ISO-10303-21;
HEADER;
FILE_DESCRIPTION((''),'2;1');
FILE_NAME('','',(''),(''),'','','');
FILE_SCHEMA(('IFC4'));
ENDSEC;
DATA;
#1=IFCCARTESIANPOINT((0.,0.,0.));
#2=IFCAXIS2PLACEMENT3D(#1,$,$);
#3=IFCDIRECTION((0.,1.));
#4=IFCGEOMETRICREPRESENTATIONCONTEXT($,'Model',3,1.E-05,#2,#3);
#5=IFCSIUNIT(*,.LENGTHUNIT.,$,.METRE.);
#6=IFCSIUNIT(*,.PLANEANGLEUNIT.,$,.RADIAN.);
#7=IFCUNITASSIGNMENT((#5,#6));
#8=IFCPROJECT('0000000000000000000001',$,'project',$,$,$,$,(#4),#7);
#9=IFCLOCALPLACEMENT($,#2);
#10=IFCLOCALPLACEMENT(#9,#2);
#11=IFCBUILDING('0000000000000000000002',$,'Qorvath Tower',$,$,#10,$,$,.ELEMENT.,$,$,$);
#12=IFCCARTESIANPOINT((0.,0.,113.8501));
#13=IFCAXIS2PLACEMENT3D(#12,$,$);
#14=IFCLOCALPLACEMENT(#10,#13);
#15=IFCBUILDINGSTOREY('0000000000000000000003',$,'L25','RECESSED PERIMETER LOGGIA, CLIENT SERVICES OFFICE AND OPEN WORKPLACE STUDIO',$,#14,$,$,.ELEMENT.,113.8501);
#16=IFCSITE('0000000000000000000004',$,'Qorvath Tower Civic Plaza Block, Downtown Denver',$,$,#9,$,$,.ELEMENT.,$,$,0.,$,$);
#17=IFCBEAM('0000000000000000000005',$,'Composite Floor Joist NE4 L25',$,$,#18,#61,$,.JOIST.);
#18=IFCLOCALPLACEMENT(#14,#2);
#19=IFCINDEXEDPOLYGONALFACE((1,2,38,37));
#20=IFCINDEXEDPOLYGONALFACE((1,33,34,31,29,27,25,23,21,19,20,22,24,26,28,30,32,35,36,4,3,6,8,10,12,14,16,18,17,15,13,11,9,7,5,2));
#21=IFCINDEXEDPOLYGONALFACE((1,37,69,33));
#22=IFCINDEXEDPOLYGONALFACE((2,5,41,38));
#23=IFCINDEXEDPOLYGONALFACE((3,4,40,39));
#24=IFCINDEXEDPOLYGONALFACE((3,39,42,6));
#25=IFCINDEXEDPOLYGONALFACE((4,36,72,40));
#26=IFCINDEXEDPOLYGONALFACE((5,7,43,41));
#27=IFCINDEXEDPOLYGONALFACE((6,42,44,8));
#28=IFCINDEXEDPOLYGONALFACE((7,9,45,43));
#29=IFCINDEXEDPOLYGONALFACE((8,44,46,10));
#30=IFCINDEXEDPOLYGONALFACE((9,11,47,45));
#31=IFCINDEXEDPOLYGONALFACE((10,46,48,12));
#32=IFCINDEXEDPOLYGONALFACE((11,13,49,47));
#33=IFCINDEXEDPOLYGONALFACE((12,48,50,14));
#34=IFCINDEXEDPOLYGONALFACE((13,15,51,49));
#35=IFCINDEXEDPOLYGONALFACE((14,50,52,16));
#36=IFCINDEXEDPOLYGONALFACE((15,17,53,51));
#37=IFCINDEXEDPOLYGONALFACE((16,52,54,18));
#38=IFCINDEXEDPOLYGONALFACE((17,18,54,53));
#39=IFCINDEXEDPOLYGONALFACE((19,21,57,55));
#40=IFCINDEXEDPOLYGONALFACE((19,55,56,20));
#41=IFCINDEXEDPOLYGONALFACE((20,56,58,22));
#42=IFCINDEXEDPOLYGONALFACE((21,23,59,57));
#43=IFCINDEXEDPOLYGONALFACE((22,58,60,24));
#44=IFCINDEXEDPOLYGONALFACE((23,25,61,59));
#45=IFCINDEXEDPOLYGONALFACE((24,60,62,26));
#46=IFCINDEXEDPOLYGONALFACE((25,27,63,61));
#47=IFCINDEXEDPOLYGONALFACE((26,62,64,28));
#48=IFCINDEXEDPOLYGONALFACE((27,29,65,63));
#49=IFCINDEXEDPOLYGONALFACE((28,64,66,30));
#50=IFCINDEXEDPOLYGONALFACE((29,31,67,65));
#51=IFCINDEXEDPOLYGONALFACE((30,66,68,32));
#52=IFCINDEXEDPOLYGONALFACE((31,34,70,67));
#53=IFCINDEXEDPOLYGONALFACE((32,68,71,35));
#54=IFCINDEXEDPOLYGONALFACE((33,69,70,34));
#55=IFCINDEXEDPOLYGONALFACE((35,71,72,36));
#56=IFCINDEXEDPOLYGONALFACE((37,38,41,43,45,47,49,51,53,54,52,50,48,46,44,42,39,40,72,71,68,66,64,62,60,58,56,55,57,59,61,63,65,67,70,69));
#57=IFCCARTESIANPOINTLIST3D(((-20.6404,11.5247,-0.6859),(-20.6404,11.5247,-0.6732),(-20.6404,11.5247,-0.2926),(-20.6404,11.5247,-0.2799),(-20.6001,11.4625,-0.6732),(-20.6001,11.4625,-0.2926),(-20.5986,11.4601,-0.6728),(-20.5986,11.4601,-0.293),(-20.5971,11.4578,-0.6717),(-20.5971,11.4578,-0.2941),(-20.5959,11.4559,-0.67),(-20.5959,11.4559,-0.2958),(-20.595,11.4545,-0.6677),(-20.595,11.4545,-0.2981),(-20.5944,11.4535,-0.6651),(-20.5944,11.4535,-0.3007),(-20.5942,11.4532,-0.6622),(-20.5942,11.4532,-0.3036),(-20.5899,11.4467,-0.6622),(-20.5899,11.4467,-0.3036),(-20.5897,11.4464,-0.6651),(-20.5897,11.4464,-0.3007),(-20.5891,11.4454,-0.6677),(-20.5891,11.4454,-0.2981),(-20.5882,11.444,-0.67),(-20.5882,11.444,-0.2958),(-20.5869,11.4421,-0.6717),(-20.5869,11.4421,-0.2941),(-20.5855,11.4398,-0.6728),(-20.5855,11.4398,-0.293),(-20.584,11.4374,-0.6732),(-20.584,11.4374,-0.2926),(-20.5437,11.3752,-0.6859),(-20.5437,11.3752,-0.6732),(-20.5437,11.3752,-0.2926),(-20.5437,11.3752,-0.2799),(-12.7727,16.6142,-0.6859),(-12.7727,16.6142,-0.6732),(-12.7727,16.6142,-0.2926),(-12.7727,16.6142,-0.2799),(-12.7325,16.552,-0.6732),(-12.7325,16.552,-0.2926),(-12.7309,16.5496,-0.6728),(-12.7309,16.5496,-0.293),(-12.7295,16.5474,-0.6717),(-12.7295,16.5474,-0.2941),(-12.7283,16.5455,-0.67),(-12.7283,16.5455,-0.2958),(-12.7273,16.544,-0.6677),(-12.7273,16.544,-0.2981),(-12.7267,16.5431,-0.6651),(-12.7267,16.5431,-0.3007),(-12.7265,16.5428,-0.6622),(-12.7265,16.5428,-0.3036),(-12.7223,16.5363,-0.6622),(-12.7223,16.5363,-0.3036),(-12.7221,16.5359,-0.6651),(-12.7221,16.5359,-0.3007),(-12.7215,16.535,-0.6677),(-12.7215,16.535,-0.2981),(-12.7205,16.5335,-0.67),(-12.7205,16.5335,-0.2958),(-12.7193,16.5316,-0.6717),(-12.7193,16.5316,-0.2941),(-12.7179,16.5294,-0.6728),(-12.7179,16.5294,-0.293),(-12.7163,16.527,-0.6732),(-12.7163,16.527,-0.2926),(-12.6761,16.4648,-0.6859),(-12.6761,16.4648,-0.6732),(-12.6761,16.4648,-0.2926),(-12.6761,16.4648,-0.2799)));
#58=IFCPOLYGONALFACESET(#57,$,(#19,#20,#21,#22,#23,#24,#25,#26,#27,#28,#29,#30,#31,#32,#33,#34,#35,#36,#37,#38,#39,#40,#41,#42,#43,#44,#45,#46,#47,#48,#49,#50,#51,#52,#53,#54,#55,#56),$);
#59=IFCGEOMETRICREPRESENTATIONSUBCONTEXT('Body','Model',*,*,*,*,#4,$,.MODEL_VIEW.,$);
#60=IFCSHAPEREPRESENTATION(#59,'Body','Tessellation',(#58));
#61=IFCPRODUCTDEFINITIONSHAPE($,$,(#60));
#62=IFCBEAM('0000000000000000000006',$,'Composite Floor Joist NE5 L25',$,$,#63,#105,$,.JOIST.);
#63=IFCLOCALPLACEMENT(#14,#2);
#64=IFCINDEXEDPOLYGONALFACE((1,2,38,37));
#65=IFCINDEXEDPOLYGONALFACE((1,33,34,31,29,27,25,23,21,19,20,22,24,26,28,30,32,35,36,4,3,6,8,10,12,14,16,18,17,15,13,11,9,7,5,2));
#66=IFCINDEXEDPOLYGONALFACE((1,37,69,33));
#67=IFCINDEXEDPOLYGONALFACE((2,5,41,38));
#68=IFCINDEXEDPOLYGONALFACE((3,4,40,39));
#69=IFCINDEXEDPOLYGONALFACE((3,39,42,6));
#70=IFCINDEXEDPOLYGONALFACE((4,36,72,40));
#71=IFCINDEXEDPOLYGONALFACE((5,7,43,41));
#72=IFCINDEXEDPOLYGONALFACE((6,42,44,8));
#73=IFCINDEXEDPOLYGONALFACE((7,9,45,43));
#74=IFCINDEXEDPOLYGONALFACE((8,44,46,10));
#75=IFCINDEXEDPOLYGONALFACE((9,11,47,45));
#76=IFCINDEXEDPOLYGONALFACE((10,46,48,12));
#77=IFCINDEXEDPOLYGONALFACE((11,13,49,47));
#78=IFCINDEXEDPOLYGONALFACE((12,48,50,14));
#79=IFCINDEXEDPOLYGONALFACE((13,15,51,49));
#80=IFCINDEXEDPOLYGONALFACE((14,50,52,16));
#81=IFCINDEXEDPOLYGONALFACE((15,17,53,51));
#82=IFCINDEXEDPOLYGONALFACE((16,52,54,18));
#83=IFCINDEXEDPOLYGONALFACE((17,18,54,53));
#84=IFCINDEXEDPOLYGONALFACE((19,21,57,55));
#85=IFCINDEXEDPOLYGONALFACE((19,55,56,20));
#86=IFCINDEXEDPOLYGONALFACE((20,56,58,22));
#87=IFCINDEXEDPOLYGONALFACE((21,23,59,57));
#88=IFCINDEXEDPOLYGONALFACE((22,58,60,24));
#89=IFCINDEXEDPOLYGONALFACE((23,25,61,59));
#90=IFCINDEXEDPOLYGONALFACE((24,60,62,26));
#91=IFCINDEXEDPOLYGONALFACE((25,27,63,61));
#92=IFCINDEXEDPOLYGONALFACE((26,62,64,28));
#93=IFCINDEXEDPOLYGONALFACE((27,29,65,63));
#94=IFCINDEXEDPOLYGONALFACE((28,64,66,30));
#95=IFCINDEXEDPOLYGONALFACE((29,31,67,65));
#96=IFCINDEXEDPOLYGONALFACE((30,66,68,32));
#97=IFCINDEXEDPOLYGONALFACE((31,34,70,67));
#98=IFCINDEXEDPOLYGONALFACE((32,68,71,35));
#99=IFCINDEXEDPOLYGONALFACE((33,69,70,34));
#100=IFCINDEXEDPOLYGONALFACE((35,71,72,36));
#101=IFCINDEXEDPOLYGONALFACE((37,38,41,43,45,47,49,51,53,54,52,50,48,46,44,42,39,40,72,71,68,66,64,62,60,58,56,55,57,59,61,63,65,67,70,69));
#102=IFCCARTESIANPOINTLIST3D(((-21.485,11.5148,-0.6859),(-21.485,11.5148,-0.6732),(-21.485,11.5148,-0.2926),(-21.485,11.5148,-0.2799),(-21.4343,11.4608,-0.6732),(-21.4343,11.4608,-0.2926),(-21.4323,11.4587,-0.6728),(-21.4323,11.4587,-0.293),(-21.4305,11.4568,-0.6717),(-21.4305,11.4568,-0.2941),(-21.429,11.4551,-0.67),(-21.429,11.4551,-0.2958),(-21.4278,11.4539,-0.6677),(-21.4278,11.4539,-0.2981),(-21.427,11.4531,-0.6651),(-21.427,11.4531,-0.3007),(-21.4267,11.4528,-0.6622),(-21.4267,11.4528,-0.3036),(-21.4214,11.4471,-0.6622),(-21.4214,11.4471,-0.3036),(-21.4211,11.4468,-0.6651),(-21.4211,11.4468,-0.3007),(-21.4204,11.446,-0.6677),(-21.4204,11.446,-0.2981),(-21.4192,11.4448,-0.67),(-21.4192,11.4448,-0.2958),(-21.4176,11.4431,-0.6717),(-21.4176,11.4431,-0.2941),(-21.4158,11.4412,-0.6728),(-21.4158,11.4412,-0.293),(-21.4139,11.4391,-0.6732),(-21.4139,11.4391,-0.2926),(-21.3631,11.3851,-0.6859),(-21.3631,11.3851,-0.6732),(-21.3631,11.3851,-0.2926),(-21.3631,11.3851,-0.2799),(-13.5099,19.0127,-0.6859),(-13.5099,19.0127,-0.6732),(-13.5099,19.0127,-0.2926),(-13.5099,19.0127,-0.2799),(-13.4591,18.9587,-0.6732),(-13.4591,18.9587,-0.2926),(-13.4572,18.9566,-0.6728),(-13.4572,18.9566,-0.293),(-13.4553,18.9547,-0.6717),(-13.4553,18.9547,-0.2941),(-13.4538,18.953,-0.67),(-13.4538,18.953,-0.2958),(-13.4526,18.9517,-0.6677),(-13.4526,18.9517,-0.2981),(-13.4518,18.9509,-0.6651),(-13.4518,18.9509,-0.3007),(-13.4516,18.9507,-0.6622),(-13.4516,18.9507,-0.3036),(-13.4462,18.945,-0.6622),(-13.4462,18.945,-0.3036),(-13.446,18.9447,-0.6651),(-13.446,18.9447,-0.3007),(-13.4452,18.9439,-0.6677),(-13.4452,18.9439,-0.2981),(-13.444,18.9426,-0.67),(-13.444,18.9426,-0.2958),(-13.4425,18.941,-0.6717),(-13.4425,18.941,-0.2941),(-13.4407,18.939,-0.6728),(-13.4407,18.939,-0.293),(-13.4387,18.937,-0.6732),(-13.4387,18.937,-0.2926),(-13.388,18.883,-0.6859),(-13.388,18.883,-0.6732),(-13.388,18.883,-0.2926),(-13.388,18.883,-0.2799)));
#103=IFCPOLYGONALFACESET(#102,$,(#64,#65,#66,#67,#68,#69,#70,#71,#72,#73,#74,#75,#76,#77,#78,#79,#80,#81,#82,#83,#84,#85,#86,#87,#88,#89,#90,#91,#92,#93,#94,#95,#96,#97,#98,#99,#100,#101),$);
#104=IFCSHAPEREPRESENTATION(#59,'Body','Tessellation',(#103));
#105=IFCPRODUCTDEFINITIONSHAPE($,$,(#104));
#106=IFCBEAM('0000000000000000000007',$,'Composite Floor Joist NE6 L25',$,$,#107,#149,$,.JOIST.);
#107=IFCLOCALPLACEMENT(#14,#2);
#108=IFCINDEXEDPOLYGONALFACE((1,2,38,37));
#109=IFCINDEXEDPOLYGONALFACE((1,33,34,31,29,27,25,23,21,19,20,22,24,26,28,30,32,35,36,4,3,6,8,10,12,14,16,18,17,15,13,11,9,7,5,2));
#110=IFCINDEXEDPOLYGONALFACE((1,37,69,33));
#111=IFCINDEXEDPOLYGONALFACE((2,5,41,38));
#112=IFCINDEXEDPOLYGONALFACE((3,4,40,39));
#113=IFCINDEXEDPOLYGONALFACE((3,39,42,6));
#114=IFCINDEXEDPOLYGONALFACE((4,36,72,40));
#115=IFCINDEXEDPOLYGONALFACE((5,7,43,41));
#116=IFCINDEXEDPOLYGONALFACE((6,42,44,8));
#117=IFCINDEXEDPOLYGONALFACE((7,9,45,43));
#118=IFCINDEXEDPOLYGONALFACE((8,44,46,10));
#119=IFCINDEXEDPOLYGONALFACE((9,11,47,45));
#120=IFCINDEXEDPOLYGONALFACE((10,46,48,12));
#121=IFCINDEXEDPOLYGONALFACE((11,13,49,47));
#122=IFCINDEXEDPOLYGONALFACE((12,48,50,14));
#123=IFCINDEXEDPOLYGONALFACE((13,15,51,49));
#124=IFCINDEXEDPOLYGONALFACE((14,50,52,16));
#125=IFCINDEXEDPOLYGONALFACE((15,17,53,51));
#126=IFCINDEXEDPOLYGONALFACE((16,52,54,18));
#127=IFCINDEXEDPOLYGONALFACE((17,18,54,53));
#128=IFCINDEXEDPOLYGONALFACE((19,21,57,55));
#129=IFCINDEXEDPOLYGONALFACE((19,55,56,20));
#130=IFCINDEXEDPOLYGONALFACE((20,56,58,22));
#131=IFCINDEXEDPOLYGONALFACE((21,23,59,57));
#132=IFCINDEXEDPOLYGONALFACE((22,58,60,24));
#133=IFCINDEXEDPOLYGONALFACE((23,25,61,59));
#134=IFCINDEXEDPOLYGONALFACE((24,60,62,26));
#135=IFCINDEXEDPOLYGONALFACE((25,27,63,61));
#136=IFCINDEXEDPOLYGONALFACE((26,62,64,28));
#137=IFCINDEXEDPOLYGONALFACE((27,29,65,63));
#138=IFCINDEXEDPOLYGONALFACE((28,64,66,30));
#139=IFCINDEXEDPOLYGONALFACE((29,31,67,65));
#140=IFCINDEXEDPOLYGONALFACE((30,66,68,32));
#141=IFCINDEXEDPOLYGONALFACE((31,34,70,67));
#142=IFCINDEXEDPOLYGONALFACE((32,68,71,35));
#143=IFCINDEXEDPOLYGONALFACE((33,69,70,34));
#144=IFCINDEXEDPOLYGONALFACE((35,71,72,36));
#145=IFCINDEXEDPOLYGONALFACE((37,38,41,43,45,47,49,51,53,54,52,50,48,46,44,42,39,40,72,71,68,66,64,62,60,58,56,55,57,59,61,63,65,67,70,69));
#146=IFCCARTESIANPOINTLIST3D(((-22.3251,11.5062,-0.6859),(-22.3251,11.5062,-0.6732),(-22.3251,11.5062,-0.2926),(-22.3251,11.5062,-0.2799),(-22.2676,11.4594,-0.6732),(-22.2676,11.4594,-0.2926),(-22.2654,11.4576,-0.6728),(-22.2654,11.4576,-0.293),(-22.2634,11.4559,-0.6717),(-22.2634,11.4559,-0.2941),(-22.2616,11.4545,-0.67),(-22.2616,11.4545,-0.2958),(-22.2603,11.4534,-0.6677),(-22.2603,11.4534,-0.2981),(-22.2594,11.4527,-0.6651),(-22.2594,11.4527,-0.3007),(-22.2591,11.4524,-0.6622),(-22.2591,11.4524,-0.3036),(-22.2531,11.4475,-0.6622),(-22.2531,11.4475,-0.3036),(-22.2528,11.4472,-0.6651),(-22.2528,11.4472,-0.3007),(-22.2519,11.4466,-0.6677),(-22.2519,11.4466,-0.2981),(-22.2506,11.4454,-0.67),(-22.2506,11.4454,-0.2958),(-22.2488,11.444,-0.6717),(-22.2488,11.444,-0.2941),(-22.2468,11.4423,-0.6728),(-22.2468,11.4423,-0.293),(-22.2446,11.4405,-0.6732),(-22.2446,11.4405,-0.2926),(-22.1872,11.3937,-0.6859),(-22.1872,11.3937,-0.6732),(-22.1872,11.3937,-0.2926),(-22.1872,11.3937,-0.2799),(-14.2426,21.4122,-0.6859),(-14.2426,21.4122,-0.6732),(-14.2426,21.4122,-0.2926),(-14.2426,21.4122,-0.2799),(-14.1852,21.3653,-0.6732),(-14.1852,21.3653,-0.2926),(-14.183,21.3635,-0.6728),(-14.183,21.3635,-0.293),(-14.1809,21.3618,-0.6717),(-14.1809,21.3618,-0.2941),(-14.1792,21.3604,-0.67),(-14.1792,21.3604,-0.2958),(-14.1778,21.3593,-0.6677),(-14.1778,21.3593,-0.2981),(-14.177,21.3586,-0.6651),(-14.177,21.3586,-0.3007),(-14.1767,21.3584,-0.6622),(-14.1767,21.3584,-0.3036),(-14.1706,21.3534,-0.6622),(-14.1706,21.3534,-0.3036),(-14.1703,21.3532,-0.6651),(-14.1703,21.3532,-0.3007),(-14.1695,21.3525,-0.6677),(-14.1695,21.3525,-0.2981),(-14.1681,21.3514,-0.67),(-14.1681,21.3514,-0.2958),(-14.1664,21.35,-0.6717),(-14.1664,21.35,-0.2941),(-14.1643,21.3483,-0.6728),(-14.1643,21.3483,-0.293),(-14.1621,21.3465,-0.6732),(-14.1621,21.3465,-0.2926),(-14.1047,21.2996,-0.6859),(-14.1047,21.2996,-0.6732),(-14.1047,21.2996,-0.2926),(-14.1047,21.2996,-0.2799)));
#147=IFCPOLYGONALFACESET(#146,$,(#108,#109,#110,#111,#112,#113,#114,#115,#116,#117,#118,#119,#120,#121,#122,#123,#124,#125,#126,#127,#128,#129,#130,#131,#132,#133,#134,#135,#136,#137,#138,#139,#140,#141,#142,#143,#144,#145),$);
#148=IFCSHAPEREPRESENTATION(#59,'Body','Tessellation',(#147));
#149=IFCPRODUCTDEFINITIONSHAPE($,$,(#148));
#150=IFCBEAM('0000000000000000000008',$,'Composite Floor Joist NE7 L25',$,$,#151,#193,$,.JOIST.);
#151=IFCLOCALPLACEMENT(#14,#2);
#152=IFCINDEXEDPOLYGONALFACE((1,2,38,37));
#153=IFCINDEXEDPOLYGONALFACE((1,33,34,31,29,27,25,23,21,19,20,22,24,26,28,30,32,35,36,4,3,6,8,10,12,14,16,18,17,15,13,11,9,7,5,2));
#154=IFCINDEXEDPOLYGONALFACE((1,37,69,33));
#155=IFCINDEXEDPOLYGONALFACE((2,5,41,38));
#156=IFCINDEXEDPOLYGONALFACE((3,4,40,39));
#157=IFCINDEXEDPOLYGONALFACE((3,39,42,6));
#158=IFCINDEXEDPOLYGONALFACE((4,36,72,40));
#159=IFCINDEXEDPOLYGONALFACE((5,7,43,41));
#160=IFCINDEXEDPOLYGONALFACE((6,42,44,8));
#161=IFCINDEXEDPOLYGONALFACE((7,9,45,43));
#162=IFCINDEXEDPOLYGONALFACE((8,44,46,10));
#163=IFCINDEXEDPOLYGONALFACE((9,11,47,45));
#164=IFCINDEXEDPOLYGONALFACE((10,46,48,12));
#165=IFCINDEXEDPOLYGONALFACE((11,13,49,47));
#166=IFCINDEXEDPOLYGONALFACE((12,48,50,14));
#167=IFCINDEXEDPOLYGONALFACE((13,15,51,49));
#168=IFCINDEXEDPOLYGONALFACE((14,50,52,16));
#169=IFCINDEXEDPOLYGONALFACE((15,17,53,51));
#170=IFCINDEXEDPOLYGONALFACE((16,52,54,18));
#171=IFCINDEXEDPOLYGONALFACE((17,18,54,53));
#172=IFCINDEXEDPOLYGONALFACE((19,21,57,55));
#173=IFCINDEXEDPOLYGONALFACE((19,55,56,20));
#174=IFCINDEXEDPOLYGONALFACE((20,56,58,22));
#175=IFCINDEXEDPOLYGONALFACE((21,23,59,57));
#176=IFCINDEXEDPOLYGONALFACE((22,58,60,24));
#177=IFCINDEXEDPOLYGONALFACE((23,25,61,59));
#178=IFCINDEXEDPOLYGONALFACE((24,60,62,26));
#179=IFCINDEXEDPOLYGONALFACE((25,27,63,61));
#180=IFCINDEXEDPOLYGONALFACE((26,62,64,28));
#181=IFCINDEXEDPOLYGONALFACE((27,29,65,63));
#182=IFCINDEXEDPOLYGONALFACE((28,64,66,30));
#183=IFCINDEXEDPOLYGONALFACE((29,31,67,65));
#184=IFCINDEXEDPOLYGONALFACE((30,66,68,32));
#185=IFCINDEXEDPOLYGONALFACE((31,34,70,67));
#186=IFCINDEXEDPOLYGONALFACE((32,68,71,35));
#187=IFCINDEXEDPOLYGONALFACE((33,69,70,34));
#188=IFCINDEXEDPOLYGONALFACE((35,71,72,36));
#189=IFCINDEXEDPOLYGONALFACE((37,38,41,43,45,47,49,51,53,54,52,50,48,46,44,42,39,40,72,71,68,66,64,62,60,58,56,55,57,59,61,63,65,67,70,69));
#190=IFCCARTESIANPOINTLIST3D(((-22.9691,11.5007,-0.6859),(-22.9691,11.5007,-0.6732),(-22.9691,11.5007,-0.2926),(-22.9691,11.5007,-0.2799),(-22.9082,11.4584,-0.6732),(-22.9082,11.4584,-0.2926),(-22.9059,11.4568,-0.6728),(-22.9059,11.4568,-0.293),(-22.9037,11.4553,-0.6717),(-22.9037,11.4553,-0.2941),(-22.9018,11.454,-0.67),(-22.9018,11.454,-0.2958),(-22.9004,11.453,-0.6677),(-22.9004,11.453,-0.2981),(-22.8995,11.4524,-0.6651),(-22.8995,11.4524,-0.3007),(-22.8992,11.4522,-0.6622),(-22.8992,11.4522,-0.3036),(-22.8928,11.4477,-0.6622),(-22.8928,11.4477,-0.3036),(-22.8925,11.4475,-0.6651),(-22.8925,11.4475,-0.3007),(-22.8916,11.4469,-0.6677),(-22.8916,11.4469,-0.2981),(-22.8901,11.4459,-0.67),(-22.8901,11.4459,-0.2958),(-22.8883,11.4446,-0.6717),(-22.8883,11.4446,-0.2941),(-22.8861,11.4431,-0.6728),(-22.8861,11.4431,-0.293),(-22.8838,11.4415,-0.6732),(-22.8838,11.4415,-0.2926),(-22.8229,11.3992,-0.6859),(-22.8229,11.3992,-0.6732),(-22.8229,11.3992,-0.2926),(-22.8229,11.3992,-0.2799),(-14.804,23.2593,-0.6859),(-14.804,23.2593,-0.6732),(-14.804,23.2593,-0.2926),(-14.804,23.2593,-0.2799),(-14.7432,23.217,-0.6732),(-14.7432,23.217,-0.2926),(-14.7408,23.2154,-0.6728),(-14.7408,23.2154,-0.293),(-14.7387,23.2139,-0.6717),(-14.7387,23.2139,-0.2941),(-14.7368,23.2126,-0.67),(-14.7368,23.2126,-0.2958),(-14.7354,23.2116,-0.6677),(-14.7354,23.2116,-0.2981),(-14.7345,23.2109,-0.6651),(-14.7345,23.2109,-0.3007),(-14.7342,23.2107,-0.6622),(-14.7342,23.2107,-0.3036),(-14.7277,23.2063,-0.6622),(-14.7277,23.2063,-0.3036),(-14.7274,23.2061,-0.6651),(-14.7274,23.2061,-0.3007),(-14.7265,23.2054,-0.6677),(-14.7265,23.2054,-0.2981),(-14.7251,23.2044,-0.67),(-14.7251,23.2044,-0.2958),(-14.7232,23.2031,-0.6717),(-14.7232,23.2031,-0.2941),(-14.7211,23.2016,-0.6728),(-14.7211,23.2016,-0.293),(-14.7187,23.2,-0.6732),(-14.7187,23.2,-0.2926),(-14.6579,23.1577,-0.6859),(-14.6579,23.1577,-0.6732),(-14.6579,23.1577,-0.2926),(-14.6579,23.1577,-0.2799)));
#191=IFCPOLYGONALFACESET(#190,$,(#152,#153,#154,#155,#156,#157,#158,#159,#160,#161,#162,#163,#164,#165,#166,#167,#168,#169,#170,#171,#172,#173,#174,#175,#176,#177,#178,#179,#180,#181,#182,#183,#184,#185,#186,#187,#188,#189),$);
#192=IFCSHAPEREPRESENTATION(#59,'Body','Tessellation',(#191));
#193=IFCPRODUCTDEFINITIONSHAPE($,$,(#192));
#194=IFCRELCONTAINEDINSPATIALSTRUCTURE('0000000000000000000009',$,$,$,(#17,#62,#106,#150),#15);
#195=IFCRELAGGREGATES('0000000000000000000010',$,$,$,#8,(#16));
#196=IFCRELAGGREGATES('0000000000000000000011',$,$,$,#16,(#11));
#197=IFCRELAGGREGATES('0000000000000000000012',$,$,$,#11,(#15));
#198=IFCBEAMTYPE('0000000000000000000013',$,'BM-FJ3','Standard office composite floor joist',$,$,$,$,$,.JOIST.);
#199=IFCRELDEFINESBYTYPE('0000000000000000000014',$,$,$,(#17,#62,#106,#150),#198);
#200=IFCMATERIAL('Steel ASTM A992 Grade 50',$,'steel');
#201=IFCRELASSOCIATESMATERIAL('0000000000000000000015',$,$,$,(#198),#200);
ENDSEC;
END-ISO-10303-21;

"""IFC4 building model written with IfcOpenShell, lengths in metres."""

from ifc_helpers import new_model, si_unit, direction, frame, origin, origin_2d, place, context, subcontext, project, spatial, i_section, extrude, material, material_profile, profile_set, type_object, element, save


model = new_model("IFC4")

# Units and contexts
model_context = context("Model", 3, precision=1e-05, world=origin(), true_north=direction((0.0, 1.0)))
body_context = subcontext(model_context, "Body", "Model", "MODEL_VIEW")
ifc_project = project(units=[si_unit("LENGTHUNIT", "METRE"), si_unit("PLANEANGLEUNIT", "RADIAN")], contexts=[model_context])

# Site, building, storey
site_placement = place(None, origin())
site = spatial("IfcSite", under=ifc_project, at=site_placement, Name="Qorvath Tower Civic Plaza Block, Downtown Denver", CompositionType="ELEMENT", RefElevation=0.0)
building_placement = place(site_placement, origin())
building = spatial("IfcBuilding", under=site, at=building_placement, Name="Qorvath Tower", CompositionType="ELEMENT")
storey_placement = place(building_placement, frame((0.0, 0.0, 113.8501)))
storey = spatial("IfcBuildingStorey", under=building, at=storey_placement, Name="L25", Description="RECESSED PERIMETER LOGGIA, CLIENT SERVICES OFFICE AND OPEN WORKPLACE STUDIO", CompositionType="ELEMENT", Elevation=113.8501)

# Beams
ifc_material_1 = material(Name="Steel ASTM A992 Grade 50", Category="steel")
ifc_material_profile_1 = material_profile(ifc_material_1, i_section(OverallWidth=0.178, OverallDepth=0.406, WebThickness=0.0078, FlangeThickness=0.0127, FilletRadius=0.011, at=origin_2d()), Name="W16x40")
ifc_profile_set_1 = profile_set([ifc_material_profile_1], Name="Steel ASTM A992 Grade 50")
beam_type_1 = type_object("IfcBeamType", Name="BM-FJ3", Description="Standard office composite floor joist", PredefinedType="JOIST", material=ifc_profile_set_1)
beam_1_placement = place(storey_placement, frame((-20.592, 11.45, -0.4829), z_axis=(0.839631, 0.543157, 0.0), x_axis=(-0.543157, 0.839631, 0.0)))
element("IfcBeam", 1, at=beam_1_placement, inside=storey, type_object=beam_type_1, Name="Composite Floor Joist NE4 L25", PredefinedType="JOIST", context=body_context, shape_type="SweptSolid", body=[
    extrude(i_section(OverallWidth=0.178, OverallDepth=0.406, WebThickness=0.0078, FlangeThickness=0.0127, FilletRadius=0.011, at=origin_2d()), origin(), (0.0, 0.0, 1.0), 9.3704),
])
beam_2_placement = place(storey_placement, frame((-21.4241, 11.45, -0.4829), z_axis=(0.728572, 0.684969, 0.0), x_axis=(-0.684969, 0.728572, 0.0)))
element("IfcBeam", 2, at=beam_2_placement, inside=storey, type_object=beam_type_1, Name="Composite Floor Joist NE5 L25", PredefinedType="JOIST", context=body_context, shape_type="SweptSolid", body=[
    extrude(i_section(OverallWidth=0.178, OverallDepth=0.406, WebThickness=0.0078, FlangeThickness=0.0127, FilletRadius=0.011, at=origin_2d()), origin(), (0.0, 0.0, 1.0), 10.9463),
])
beam_3_placement = place(storey_placement, frame((-22.2561, 11.45, -0.4829), z_axis=(0.632188, 0.774815, 0.0), x_axis=(-0.774815, 0.632188, 0.0)))
element("IfcBeam", 3, at=beam_3_placement, inside=storey, type_object=beam_type_1, Name="Composite Floor Joist NE6 L25", PredefinedType="JOIST", context=body_context, shape_type="SweptSolid", body=[
    extrude(i_section(OverallWidth=0.178, OverallDepth=0.406, WebThickness=0.0078, FlangeThickness=0.0127, FilletRadius=0.011, at=origin_2d()), origin(), (0.0, 0.0, 1.0), 12.7849),
])
beam_4_placement = place(storey_placement, frame((-22.896, 11.45, -0.4829), z_axis=(0.570367, 0.82139, 0.0), x_axis=(-0.82139, 0.570367, 0.0)))
element("IfcBeam", 4, at=beam_4_placement, inside=storey, type_object=beam_type_1, Name="Composite Floor Joist NE7 L25", PredefinedType="JOIST", context=body_context, shape_type="SweptSolid", body=[
    extrude(i_section(OverallWidth=0.178, OverallDepth=0.406, WebThickness=0.0078, FlangeThickness=0.0127, FilletRadius=0.011, at=origin_2d()), origin(), (0.0, 0.0, 1.0), 14.3154),
])

save(model, "model.ifc")
